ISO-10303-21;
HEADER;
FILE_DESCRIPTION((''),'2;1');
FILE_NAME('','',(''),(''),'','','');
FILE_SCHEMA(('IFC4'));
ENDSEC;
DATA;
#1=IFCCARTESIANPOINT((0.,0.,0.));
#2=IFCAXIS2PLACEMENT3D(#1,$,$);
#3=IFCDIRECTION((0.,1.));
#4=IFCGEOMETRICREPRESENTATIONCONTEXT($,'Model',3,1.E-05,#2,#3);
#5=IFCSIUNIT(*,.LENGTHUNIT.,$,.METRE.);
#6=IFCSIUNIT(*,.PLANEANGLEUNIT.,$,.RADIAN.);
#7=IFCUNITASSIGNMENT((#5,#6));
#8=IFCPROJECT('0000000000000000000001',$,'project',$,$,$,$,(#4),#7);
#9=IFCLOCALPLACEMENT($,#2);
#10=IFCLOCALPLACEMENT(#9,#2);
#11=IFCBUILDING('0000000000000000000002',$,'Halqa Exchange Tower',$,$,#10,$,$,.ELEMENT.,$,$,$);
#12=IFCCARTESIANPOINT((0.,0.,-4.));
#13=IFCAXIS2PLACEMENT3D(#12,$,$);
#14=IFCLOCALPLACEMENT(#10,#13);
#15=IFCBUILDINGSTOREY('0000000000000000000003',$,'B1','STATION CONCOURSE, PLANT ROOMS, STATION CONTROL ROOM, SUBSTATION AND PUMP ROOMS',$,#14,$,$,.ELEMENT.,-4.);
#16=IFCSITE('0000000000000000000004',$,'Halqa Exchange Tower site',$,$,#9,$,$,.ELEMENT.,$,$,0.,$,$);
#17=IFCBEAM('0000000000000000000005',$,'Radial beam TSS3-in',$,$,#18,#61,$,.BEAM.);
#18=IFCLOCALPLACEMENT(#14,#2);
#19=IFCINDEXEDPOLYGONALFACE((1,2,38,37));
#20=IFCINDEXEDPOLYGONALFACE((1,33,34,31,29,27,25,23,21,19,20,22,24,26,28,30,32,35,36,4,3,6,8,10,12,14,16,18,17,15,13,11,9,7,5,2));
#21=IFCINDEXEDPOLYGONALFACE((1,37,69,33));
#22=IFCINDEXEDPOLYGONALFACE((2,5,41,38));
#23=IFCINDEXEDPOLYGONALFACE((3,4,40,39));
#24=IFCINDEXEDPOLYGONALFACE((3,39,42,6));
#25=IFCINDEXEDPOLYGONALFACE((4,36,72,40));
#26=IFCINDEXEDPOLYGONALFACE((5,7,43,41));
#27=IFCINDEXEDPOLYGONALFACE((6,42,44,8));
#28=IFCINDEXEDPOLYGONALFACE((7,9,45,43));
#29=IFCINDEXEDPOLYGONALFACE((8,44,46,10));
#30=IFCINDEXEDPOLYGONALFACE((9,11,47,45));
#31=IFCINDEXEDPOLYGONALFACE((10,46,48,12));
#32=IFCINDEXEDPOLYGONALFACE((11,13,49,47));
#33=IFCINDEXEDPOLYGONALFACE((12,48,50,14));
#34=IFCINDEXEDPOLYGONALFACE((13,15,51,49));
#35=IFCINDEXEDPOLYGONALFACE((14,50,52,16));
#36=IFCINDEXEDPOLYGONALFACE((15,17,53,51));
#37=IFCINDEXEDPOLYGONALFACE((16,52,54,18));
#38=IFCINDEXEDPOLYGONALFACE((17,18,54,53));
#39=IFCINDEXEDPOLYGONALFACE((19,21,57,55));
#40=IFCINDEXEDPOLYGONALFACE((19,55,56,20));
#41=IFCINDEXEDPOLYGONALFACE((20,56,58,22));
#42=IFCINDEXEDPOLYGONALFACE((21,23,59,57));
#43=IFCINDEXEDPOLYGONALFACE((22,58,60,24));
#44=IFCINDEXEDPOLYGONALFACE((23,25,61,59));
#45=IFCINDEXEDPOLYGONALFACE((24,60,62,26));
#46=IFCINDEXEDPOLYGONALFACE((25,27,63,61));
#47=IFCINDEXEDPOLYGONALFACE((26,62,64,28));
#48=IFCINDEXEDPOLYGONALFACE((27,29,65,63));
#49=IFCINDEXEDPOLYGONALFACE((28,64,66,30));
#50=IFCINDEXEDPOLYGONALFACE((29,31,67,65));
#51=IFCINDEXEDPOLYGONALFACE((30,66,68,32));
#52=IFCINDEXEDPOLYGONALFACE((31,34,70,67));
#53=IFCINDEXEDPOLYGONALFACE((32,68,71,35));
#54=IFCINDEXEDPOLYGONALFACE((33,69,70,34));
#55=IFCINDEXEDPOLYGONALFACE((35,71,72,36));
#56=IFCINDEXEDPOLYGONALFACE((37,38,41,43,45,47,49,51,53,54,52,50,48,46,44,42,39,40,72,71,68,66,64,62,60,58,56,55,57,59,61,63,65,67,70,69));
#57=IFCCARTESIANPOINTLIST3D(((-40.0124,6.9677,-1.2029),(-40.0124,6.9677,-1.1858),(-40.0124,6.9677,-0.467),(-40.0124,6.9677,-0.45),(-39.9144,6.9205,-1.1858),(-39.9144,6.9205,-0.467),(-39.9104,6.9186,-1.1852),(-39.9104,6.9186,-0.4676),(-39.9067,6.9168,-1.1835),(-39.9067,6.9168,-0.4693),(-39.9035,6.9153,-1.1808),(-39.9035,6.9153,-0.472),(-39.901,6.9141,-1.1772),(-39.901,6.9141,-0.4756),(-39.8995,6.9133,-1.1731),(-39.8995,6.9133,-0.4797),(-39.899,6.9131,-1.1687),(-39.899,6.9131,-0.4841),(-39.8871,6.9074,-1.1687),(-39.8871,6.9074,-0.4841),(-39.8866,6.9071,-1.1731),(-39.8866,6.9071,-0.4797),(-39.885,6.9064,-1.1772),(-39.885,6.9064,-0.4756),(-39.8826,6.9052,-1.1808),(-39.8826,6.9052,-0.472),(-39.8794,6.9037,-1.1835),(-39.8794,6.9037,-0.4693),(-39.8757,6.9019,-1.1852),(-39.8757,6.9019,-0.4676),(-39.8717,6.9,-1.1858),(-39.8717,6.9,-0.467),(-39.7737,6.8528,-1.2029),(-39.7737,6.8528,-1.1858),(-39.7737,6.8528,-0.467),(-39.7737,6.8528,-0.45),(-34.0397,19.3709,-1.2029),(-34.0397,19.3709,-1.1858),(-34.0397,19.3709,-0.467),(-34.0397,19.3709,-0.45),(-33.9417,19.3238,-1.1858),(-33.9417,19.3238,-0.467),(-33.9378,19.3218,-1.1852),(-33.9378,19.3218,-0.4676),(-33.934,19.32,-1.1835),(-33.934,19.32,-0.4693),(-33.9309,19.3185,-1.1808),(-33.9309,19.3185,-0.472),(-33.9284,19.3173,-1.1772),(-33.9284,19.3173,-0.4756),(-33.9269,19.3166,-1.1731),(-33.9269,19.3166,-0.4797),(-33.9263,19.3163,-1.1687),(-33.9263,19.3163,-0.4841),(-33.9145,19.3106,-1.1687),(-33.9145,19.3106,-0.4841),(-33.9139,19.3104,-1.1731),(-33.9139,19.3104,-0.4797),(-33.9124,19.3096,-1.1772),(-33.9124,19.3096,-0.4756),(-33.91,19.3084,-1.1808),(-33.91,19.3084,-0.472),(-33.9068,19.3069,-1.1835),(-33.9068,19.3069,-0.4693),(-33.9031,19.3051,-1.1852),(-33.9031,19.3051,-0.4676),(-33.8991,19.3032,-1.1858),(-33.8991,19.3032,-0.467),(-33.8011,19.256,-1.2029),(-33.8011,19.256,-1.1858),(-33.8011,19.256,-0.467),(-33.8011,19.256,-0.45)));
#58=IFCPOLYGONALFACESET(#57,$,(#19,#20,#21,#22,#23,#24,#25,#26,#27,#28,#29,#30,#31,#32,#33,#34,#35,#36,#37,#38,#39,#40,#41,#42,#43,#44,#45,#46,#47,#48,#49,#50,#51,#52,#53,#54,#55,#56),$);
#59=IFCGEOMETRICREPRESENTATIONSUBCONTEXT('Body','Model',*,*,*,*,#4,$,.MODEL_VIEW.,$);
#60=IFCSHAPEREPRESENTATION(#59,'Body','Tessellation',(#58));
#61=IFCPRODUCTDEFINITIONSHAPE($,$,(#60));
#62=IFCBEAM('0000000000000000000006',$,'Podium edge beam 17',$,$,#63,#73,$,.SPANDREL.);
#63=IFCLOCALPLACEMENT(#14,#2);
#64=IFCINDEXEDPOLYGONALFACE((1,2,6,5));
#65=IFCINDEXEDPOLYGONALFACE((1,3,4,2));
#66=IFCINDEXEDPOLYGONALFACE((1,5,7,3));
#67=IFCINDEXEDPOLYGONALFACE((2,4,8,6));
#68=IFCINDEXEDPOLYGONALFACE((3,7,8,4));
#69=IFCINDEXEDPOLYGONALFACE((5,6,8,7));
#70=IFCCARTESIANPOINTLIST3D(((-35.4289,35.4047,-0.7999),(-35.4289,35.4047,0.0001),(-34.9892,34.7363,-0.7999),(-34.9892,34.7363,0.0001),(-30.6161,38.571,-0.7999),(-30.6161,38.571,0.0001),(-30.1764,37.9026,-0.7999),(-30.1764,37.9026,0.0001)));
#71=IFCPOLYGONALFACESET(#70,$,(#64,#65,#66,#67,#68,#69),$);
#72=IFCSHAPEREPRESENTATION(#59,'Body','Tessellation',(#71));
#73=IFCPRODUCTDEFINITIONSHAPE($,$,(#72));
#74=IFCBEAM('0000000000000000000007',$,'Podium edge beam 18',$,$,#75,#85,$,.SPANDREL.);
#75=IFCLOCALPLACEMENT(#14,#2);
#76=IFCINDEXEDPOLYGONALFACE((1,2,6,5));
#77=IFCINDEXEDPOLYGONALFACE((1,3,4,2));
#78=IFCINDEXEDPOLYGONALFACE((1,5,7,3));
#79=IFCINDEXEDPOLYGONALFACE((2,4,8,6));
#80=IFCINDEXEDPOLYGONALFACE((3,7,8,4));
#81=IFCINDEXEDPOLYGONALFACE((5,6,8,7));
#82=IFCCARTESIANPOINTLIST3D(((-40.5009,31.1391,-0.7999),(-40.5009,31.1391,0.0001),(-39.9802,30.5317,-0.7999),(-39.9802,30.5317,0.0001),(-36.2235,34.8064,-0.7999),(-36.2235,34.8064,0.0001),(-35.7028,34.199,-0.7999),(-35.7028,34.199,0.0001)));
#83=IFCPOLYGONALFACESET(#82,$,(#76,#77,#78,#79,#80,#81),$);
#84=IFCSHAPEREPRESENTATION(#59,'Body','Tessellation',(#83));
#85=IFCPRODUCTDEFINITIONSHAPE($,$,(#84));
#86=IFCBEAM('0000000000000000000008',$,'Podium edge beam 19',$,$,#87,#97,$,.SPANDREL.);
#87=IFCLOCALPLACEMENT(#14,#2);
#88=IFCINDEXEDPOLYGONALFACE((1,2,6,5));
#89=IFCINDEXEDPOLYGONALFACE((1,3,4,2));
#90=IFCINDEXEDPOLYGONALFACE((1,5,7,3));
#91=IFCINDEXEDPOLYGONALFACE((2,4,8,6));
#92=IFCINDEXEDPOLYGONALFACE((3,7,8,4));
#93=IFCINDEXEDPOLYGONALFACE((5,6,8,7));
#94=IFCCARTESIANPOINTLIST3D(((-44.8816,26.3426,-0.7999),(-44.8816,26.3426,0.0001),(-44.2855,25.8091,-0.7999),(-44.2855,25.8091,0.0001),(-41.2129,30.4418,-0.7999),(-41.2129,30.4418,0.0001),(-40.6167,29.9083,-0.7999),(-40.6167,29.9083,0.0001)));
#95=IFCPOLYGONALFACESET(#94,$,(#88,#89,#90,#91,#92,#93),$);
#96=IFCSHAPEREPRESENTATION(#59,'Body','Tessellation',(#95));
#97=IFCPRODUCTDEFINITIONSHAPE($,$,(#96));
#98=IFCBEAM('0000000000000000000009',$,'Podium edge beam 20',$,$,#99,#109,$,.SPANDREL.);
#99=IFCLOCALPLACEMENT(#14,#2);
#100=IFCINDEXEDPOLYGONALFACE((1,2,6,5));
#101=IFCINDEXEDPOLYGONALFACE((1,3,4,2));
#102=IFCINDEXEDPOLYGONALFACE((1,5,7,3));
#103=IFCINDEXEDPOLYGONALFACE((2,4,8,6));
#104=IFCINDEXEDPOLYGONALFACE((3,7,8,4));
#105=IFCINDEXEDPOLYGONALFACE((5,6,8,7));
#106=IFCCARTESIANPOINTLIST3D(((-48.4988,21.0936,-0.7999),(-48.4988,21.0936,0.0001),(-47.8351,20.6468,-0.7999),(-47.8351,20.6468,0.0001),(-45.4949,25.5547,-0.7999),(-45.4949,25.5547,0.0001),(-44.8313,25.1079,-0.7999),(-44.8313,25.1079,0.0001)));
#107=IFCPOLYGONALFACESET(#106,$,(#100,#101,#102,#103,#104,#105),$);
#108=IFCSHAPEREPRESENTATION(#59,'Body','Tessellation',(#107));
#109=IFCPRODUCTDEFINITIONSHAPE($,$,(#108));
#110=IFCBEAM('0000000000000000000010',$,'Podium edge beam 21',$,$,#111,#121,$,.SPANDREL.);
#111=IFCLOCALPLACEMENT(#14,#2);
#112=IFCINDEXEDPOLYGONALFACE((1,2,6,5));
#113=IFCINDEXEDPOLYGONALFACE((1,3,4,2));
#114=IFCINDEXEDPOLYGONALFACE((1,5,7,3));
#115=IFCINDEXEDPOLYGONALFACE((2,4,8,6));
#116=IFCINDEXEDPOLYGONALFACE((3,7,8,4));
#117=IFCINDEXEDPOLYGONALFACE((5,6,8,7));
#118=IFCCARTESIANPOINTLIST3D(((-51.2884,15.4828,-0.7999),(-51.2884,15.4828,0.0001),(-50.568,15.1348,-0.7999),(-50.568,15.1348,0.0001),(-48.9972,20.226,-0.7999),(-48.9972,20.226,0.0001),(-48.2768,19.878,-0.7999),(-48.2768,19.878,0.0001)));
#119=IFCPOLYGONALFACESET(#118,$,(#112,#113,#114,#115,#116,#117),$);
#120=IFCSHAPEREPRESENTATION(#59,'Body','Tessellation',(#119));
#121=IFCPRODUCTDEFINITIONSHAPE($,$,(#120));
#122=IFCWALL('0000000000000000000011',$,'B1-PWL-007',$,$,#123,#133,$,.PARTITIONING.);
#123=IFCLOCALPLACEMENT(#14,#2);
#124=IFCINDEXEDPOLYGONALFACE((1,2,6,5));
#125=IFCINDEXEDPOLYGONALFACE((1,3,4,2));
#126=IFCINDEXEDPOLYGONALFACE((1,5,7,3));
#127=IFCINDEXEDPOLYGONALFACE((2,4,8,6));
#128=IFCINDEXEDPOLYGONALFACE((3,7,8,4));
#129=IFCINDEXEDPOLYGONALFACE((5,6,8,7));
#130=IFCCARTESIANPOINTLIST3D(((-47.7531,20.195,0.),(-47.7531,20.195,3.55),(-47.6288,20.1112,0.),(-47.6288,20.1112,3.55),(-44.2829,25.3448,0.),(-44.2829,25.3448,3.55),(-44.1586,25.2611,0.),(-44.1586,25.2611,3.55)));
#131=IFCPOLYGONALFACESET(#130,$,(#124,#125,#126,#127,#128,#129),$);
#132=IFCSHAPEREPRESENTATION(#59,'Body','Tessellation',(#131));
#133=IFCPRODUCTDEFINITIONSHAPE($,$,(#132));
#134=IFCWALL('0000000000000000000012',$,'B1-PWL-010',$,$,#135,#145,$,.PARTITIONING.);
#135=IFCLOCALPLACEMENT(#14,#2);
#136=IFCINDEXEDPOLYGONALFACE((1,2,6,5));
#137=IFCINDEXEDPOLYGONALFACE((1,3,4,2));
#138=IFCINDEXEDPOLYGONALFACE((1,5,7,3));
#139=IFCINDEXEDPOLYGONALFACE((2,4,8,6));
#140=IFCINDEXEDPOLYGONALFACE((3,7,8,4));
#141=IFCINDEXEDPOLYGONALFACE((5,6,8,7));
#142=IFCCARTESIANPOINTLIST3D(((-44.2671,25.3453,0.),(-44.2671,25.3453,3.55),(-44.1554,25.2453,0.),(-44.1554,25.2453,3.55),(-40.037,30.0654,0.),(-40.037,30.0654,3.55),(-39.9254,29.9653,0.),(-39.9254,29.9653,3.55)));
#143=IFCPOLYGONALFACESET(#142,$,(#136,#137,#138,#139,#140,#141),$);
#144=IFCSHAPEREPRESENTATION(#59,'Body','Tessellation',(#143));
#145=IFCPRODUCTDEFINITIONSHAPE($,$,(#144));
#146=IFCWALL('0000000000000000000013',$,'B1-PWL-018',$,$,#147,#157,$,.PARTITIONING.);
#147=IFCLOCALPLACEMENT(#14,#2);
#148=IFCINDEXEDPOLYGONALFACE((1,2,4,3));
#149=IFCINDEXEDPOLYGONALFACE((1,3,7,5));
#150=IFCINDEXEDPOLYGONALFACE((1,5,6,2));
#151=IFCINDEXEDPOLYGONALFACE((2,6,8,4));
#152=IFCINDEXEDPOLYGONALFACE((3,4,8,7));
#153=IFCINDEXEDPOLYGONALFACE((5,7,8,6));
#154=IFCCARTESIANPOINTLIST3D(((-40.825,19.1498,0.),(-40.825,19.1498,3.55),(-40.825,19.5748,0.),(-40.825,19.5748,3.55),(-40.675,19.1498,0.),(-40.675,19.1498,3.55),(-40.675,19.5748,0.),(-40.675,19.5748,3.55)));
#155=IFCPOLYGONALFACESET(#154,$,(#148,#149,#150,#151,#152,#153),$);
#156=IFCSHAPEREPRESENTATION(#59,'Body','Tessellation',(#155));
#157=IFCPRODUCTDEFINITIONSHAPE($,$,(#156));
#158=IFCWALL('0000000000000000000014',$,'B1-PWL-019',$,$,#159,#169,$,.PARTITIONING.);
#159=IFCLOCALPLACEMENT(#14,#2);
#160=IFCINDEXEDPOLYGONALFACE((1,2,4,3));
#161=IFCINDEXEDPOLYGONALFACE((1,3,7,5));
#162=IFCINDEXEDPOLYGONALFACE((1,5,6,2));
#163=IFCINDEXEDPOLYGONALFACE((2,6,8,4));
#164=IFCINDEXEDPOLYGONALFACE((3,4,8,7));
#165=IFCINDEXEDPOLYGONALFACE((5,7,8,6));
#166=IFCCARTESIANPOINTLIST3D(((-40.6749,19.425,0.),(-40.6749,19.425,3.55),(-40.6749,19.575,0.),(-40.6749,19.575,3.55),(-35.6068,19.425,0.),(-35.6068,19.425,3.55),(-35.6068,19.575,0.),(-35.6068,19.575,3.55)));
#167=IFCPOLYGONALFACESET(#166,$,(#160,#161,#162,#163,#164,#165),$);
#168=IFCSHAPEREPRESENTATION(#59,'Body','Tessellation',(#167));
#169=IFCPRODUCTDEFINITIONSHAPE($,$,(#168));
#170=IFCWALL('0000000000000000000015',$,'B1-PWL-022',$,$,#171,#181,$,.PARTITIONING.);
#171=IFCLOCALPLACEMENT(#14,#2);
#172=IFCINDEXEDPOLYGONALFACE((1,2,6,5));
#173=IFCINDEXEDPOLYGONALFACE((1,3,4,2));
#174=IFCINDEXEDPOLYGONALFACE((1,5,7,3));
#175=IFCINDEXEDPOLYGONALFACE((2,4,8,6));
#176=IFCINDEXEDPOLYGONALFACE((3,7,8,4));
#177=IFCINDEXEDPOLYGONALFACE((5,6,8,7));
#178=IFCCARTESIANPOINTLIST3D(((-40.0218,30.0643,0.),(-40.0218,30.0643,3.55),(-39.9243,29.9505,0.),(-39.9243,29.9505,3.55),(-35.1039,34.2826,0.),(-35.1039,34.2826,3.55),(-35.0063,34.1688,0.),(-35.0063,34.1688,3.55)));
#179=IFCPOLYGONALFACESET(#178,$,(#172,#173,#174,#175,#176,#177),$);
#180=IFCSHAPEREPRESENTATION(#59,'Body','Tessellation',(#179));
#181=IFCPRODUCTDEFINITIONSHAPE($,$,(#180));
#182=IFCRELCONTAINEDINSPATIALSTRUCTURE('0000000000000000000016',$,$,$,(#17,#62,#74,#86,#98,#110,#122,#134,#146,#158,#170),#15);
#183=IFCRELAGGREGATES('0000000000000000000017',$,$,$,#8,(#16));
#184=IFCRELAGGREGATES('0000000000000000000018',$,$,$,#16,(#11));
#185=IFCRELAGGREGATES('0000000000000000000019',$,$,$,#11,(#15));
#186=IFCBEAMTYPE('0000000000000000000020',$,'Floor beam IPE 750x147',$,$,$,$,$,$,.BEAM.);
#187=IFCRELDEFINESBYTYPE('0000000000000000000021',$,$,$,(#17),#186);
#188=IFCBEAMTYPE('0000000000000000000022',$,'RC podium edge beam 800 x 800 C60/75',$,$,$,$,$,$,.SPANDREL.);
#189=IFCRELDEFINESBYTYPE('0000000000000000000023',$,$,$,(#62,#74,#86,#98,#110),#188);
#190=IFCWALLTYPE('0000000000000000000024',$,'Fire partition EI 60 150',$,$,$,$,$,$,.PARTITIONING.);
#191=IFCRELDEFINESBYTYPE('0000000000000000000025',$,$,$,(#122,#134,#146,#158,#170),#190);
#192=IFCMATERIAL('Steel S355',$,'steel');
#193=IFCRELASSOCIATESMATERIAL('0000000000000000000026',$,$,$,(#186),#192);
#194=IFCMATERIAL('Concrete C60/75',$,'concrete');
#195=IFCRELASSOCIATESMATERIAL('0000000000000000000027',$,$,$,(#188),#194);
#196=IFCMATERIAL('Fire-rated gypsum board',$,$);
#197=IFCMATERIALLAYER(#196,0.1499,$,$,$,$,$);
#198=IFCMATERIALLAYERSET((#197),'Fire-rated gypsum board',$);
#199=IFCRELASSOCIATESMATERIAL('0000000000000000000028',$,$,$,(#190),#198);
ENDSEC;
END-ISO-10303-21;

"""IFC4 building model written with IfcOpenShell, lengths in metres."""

from ifc_helpers import new_model, si_unit, direction, frame, frame_2d, origin, origin_2d, place, context, subcontext, project, spatial, rectangle, i_section, extrude, material, layer, layer_set, material_profile, profile_set, type_object, element, save


model = new_model("IFC4")

# Units and contexts
model_context = context("Model", 3, precision=1e-05, world=origin(), true_north=direction((0.0, 1.0)))
body_context = subcontext(model_context, "Body", "Model", "MODEL_VIEW")
ifc_project = project(units=[si_unit("LENGTHUNIT", "METRE"), si_unit("PLANEANGLEUNIT", "RADIAN")], contexts=[model_context])

# Site, building, storey
site_placement = place(None, origin())
site = spatial("IfcSite", under=ifc_project, at=site_placement, Name="Halqa Exchange Tower site", CompositionType="ELEMENT", RefElevation=0.0)
building_placement = place(site_placement, origin())
building = spatial("IfcBuilding", under=site, at=building_placement, Name="Halqa Exchange Tower", CompositionType="ELEMENT")
storey_placement = place(building_placement, frame((0.0, 0.0, -4.0)))
storey = spatial("IfcBuildingStorey", under=building, at=storey_placement, Name="B1", Description="STATION CONCOURSE, PLANT ROOMS, STATION CONTROL ROOM, SUBSTATION AND PUMP ROOMS", CompositionType="ELEMENT", Elevation=-4.0)

# Shared definitions
ifc_material_1 = material(Name="Concrete C60/75", Category="concrete")

# Beams
ifc_material_2 = material(Name="Steel S355", Category="steel")
ifc_material_profile_1 = material_profile(ifc_material_2, i_section(OverallWidth=0.2649, OverallDepth=0.7529, WebThickness=0.0132, FlangeThickness=0.0171, FilletRadius=0.0171, at=origin_2d()), Name="IPE 750x147")
ifc_profile_set_1 = profile_set([ifc_material_profile_1], Name="Steel S355")
beam_type_1 = type_object("IfcBeamType", Name="Floor beam IPE 750x147", PredefinedType="BEAM", material=ifc_profile_set_1)
beam_1_placement = place(storey_placement, frame((-33.9204, 19.3135, -0.8264), z_axis=(-0.433856, -0.900982, 0.0), x_axis=(0.900982, -0.433856, 0.0)))
element("IfcBeam", 1, at=beam_1_placement, inside=storey, type_object=beam_type_1, Name="Radial beam TSS3-in", PredefinedType="BEAM", context=body_context, shape_type="SweptSolid", body=[
    extrude(i_section(OverallWidth=0.2649, OverallDepth=0.7529, WebThickness=0.0132, FlangeThickness=0.0171, FilletRadius=0.0171, at=origin_2d()), origin(), (0.0, 0.0, 1.0), 13.7664),
])
ifc_material_profile_2 = material_profile(ifc_material_1, rectangle(XDim=0.8, YDim=0.8, at=origin_2d()), Name="800 x 800")
ifc_profile_set_2 = profile_set([ifc_material_profile_2], Name="Concrete C60/75")
beam_type_2 = type_object("IfcBeamType", Name="RC podium edge beam 800 x 800 C60/75", PredefinedType="SPANDREL", material=ifc_profile_set_2)
beam_2_placement = place(storey_placement, frame((-30.3962, 38.2368, -0.3999), z_axis=(-0.835419, -0.549614, 0.0), x_axis=(0.549614, -0.835419, 0.0)))
element("IfcBeam", 2, at=beam_2_placement, inside=storey, type_object=beam_type_2, Name="Podium edge beam 17", PredefinedType="SPANDREL", context=body_context, shape_type="SweptSolid", body=[
    extrude(rectangle(XDim=0.8, YDim=0.8, at=origin_2d()), origin(), (0.0, 0.0, 1.0), 5.761),
])
beam_3_placement = place(storey_placement, frame((-35.9631, 34.5027, -0.3999), z_axis=(-0.759174, -0.650888, 0.0), x_axis=(0.650888, -0.759174, 0.0)))
element("IfcBeam", 3, at=beam_3_placement, inside=storey, type_object=beam_type_2, Name="Podium edge beam 18", PredefinedType="SPANDREL", context=body_context, shape_type="SweptSolid", body=[
    extrude(rectangle(XDim=0.8, YDim=0.8, at=origin_2d()), origin(), (0.0, 0.0, 1.0), 5.6343),
])
beam_4_placement = place(storey_placement, frame((-40.9148, 30.175, -0.3999), z_axis=(-0.666903, -0.745145, 0.0), x_axis=(0.745145, -0.666903, 0.0)))
element("IfcBeam", 4, at=beam_4_placement, inside=storey, type_object=beam_type_2, Name="Podium edge beam 19", PredefinedType="SPANDREL", context=body_context, shape_type="SweptSolid", body=[
    extrude(rectangle(XDim=0.8, YDim=0.8, at=origin_2d()), origin(), (0.0, 0.0, 1.0), 5.5012),
])
beam_5_placement = place(storey_placement, frame((-45.1631, 25.3313, -0.3999), z_axis=(-0.558528, -0.829485, 0.0), x_axis=(0.829485, -0.558528, 0.0)))
element("IfcBeam", 5, at=beam_5_placement, inside=storey, type_object=beam_type_2, Name="Podium edge beam 20", PredefinedType="SPANDREL", context=body_context, shape_type="SweptSolid", body=[
    extrude(rectangle(XDim=0.8, YDim=0.8, at=origin_2d()), origin(), (0.0, 0.0, 1.0), 5.3782),
])
beam_6_placement = place(storey_placement, frame((-48.637, 20.052, -0.3999), z_axis=(-0.434973, -0.900443, 0.0), x_axis=(0.900443, -0.434973, 0.0)))
element("IfcBeam", 6, at=beam_6_placement, inside=storey, type_object=beam_type_2, Name="Podium edge beam 21", PredefinedType="SPANDREL", context=body_context, shape_type="SweptSolid", body=[
    extrude(rectangle(XDim=0.8, YDim=0.8, at=origin_2d()), origin(), (0.0, 0.0, 1.0), 5.2676),
])

# Walls
ifc_material_3 = material(Name="Fire-rated gypsum board")
ifc_layer_1 = layer(ifc_material_3, 0.1499)
ifc_layer_set_1 = layer_set([ifc_layer_1], Name="Fire-rated gypsum board")
wall_type_1 = type_object("IfcWallType", Name="Fire partition EI 60 150", PredefinedType="PARTITIONING", material=ifc_layer_set_1)
wall_1_placement = place(storey_placement, frame((-47.6909, 20.1531, 0.0), z_axis=(0.0, 0.0, 1.0), x_axis=(0.558812, 0.829294, 0.0)))
element("IfcWall", 7, at=wall_1_placement, inside=storey, type_object=wall_type_1, Name="B1-PWL-007", PredefinedType="PARTITIONING", context=body_context, shape_type="SweptSolid", body=[
    extrude(rectangle(XDim=6.21, YDim=0.1499, at=frame_2d((3.105, 0.0))), origin(), (0.0, 0.0, 1.0), 3.55),
])
wall_2_placement = place(storey_placement, frame((-44.2112, 25.2954, 0.0), z_axis=(0.0, 0.0, 1.0), x_axis=(0.667395, 0.744704, 0.0)))
element("IfcWall", 8, at=wall_2_placement, inside=storey, type_object=wall_type_1, Name="B1-PWL-010", PredefinedType="PARTITIONING", context=body_context, shape_type="SweptSolid", body=[
    extrude(rectangle(XDim=6.3381, YDim=0.1499, at=frame_2d((3.1689, 0.0))), origin(), (0.0, 0.0, 1.0), 3.55),
])
wall_3_placement = place(storey_placement, frame((-40.75, 19.1499, 0.0), z_axis=(0.0, 0.0, 1.0), x_axis=(0.0, 1.0, 0.0)))
element("IfcWall", 9, at=wall_3_placement, inside=storey, type_object=wall_type_1, Name="B1-PWL-018", PredefinedType="PARTITIONING", context=body_context, shape_type="SweptSolid", body=[
    extrude(rectangle(XDim=0.425, YDim=0.1499, at=frame_2d((0.2124, 0.0))), origin(), (0.0, 0.0, 1.0), 3.55),
])
wall_4_placement = place(storey_placement, frame((-40.675, 19.5, 0.0), z_axis=(0.0, 0.0, 1.0), x_axis=(1.0, 0.0, 0.0)))
element("IfcWall", 10, at=wall_4_placement, inside=storey, type_object=wall_type_1, Name="B1-PWL-019", PredefinedType="PARTITIONING", context=body_context, shape_type="SweptSolid", body=[
    extrude(rectangle(XDim=5.0681, YDim=0.1499, at=frame_2d((2.5342, 0.0))), origin(), (0.0, 0.0, 1.0), 3.55),
])
wall_5_placement = place(storey_placement, frame((-39.9731, 30.0073, 0.0), z_axis=(0.0, 0.0, 1.0), x_axis=(0.759038, 0.651046, 0.0)))
element("IfcWall", 11, at=wall_5_placement, inside=storey, type_object=wall_type_1, Name="B1-PWL-022", PredefinedType="PARTITIONING", context=body_context, shape_type="SweptSolid", body=[
    extrude(rectangle(XDim=6.4792, YDim=0.1499, at=frame_2d((3.2397, 0.0))), origin(), (0.0, 0.0, 1.0), 3.55),
])

save(model, "model.ifc")
